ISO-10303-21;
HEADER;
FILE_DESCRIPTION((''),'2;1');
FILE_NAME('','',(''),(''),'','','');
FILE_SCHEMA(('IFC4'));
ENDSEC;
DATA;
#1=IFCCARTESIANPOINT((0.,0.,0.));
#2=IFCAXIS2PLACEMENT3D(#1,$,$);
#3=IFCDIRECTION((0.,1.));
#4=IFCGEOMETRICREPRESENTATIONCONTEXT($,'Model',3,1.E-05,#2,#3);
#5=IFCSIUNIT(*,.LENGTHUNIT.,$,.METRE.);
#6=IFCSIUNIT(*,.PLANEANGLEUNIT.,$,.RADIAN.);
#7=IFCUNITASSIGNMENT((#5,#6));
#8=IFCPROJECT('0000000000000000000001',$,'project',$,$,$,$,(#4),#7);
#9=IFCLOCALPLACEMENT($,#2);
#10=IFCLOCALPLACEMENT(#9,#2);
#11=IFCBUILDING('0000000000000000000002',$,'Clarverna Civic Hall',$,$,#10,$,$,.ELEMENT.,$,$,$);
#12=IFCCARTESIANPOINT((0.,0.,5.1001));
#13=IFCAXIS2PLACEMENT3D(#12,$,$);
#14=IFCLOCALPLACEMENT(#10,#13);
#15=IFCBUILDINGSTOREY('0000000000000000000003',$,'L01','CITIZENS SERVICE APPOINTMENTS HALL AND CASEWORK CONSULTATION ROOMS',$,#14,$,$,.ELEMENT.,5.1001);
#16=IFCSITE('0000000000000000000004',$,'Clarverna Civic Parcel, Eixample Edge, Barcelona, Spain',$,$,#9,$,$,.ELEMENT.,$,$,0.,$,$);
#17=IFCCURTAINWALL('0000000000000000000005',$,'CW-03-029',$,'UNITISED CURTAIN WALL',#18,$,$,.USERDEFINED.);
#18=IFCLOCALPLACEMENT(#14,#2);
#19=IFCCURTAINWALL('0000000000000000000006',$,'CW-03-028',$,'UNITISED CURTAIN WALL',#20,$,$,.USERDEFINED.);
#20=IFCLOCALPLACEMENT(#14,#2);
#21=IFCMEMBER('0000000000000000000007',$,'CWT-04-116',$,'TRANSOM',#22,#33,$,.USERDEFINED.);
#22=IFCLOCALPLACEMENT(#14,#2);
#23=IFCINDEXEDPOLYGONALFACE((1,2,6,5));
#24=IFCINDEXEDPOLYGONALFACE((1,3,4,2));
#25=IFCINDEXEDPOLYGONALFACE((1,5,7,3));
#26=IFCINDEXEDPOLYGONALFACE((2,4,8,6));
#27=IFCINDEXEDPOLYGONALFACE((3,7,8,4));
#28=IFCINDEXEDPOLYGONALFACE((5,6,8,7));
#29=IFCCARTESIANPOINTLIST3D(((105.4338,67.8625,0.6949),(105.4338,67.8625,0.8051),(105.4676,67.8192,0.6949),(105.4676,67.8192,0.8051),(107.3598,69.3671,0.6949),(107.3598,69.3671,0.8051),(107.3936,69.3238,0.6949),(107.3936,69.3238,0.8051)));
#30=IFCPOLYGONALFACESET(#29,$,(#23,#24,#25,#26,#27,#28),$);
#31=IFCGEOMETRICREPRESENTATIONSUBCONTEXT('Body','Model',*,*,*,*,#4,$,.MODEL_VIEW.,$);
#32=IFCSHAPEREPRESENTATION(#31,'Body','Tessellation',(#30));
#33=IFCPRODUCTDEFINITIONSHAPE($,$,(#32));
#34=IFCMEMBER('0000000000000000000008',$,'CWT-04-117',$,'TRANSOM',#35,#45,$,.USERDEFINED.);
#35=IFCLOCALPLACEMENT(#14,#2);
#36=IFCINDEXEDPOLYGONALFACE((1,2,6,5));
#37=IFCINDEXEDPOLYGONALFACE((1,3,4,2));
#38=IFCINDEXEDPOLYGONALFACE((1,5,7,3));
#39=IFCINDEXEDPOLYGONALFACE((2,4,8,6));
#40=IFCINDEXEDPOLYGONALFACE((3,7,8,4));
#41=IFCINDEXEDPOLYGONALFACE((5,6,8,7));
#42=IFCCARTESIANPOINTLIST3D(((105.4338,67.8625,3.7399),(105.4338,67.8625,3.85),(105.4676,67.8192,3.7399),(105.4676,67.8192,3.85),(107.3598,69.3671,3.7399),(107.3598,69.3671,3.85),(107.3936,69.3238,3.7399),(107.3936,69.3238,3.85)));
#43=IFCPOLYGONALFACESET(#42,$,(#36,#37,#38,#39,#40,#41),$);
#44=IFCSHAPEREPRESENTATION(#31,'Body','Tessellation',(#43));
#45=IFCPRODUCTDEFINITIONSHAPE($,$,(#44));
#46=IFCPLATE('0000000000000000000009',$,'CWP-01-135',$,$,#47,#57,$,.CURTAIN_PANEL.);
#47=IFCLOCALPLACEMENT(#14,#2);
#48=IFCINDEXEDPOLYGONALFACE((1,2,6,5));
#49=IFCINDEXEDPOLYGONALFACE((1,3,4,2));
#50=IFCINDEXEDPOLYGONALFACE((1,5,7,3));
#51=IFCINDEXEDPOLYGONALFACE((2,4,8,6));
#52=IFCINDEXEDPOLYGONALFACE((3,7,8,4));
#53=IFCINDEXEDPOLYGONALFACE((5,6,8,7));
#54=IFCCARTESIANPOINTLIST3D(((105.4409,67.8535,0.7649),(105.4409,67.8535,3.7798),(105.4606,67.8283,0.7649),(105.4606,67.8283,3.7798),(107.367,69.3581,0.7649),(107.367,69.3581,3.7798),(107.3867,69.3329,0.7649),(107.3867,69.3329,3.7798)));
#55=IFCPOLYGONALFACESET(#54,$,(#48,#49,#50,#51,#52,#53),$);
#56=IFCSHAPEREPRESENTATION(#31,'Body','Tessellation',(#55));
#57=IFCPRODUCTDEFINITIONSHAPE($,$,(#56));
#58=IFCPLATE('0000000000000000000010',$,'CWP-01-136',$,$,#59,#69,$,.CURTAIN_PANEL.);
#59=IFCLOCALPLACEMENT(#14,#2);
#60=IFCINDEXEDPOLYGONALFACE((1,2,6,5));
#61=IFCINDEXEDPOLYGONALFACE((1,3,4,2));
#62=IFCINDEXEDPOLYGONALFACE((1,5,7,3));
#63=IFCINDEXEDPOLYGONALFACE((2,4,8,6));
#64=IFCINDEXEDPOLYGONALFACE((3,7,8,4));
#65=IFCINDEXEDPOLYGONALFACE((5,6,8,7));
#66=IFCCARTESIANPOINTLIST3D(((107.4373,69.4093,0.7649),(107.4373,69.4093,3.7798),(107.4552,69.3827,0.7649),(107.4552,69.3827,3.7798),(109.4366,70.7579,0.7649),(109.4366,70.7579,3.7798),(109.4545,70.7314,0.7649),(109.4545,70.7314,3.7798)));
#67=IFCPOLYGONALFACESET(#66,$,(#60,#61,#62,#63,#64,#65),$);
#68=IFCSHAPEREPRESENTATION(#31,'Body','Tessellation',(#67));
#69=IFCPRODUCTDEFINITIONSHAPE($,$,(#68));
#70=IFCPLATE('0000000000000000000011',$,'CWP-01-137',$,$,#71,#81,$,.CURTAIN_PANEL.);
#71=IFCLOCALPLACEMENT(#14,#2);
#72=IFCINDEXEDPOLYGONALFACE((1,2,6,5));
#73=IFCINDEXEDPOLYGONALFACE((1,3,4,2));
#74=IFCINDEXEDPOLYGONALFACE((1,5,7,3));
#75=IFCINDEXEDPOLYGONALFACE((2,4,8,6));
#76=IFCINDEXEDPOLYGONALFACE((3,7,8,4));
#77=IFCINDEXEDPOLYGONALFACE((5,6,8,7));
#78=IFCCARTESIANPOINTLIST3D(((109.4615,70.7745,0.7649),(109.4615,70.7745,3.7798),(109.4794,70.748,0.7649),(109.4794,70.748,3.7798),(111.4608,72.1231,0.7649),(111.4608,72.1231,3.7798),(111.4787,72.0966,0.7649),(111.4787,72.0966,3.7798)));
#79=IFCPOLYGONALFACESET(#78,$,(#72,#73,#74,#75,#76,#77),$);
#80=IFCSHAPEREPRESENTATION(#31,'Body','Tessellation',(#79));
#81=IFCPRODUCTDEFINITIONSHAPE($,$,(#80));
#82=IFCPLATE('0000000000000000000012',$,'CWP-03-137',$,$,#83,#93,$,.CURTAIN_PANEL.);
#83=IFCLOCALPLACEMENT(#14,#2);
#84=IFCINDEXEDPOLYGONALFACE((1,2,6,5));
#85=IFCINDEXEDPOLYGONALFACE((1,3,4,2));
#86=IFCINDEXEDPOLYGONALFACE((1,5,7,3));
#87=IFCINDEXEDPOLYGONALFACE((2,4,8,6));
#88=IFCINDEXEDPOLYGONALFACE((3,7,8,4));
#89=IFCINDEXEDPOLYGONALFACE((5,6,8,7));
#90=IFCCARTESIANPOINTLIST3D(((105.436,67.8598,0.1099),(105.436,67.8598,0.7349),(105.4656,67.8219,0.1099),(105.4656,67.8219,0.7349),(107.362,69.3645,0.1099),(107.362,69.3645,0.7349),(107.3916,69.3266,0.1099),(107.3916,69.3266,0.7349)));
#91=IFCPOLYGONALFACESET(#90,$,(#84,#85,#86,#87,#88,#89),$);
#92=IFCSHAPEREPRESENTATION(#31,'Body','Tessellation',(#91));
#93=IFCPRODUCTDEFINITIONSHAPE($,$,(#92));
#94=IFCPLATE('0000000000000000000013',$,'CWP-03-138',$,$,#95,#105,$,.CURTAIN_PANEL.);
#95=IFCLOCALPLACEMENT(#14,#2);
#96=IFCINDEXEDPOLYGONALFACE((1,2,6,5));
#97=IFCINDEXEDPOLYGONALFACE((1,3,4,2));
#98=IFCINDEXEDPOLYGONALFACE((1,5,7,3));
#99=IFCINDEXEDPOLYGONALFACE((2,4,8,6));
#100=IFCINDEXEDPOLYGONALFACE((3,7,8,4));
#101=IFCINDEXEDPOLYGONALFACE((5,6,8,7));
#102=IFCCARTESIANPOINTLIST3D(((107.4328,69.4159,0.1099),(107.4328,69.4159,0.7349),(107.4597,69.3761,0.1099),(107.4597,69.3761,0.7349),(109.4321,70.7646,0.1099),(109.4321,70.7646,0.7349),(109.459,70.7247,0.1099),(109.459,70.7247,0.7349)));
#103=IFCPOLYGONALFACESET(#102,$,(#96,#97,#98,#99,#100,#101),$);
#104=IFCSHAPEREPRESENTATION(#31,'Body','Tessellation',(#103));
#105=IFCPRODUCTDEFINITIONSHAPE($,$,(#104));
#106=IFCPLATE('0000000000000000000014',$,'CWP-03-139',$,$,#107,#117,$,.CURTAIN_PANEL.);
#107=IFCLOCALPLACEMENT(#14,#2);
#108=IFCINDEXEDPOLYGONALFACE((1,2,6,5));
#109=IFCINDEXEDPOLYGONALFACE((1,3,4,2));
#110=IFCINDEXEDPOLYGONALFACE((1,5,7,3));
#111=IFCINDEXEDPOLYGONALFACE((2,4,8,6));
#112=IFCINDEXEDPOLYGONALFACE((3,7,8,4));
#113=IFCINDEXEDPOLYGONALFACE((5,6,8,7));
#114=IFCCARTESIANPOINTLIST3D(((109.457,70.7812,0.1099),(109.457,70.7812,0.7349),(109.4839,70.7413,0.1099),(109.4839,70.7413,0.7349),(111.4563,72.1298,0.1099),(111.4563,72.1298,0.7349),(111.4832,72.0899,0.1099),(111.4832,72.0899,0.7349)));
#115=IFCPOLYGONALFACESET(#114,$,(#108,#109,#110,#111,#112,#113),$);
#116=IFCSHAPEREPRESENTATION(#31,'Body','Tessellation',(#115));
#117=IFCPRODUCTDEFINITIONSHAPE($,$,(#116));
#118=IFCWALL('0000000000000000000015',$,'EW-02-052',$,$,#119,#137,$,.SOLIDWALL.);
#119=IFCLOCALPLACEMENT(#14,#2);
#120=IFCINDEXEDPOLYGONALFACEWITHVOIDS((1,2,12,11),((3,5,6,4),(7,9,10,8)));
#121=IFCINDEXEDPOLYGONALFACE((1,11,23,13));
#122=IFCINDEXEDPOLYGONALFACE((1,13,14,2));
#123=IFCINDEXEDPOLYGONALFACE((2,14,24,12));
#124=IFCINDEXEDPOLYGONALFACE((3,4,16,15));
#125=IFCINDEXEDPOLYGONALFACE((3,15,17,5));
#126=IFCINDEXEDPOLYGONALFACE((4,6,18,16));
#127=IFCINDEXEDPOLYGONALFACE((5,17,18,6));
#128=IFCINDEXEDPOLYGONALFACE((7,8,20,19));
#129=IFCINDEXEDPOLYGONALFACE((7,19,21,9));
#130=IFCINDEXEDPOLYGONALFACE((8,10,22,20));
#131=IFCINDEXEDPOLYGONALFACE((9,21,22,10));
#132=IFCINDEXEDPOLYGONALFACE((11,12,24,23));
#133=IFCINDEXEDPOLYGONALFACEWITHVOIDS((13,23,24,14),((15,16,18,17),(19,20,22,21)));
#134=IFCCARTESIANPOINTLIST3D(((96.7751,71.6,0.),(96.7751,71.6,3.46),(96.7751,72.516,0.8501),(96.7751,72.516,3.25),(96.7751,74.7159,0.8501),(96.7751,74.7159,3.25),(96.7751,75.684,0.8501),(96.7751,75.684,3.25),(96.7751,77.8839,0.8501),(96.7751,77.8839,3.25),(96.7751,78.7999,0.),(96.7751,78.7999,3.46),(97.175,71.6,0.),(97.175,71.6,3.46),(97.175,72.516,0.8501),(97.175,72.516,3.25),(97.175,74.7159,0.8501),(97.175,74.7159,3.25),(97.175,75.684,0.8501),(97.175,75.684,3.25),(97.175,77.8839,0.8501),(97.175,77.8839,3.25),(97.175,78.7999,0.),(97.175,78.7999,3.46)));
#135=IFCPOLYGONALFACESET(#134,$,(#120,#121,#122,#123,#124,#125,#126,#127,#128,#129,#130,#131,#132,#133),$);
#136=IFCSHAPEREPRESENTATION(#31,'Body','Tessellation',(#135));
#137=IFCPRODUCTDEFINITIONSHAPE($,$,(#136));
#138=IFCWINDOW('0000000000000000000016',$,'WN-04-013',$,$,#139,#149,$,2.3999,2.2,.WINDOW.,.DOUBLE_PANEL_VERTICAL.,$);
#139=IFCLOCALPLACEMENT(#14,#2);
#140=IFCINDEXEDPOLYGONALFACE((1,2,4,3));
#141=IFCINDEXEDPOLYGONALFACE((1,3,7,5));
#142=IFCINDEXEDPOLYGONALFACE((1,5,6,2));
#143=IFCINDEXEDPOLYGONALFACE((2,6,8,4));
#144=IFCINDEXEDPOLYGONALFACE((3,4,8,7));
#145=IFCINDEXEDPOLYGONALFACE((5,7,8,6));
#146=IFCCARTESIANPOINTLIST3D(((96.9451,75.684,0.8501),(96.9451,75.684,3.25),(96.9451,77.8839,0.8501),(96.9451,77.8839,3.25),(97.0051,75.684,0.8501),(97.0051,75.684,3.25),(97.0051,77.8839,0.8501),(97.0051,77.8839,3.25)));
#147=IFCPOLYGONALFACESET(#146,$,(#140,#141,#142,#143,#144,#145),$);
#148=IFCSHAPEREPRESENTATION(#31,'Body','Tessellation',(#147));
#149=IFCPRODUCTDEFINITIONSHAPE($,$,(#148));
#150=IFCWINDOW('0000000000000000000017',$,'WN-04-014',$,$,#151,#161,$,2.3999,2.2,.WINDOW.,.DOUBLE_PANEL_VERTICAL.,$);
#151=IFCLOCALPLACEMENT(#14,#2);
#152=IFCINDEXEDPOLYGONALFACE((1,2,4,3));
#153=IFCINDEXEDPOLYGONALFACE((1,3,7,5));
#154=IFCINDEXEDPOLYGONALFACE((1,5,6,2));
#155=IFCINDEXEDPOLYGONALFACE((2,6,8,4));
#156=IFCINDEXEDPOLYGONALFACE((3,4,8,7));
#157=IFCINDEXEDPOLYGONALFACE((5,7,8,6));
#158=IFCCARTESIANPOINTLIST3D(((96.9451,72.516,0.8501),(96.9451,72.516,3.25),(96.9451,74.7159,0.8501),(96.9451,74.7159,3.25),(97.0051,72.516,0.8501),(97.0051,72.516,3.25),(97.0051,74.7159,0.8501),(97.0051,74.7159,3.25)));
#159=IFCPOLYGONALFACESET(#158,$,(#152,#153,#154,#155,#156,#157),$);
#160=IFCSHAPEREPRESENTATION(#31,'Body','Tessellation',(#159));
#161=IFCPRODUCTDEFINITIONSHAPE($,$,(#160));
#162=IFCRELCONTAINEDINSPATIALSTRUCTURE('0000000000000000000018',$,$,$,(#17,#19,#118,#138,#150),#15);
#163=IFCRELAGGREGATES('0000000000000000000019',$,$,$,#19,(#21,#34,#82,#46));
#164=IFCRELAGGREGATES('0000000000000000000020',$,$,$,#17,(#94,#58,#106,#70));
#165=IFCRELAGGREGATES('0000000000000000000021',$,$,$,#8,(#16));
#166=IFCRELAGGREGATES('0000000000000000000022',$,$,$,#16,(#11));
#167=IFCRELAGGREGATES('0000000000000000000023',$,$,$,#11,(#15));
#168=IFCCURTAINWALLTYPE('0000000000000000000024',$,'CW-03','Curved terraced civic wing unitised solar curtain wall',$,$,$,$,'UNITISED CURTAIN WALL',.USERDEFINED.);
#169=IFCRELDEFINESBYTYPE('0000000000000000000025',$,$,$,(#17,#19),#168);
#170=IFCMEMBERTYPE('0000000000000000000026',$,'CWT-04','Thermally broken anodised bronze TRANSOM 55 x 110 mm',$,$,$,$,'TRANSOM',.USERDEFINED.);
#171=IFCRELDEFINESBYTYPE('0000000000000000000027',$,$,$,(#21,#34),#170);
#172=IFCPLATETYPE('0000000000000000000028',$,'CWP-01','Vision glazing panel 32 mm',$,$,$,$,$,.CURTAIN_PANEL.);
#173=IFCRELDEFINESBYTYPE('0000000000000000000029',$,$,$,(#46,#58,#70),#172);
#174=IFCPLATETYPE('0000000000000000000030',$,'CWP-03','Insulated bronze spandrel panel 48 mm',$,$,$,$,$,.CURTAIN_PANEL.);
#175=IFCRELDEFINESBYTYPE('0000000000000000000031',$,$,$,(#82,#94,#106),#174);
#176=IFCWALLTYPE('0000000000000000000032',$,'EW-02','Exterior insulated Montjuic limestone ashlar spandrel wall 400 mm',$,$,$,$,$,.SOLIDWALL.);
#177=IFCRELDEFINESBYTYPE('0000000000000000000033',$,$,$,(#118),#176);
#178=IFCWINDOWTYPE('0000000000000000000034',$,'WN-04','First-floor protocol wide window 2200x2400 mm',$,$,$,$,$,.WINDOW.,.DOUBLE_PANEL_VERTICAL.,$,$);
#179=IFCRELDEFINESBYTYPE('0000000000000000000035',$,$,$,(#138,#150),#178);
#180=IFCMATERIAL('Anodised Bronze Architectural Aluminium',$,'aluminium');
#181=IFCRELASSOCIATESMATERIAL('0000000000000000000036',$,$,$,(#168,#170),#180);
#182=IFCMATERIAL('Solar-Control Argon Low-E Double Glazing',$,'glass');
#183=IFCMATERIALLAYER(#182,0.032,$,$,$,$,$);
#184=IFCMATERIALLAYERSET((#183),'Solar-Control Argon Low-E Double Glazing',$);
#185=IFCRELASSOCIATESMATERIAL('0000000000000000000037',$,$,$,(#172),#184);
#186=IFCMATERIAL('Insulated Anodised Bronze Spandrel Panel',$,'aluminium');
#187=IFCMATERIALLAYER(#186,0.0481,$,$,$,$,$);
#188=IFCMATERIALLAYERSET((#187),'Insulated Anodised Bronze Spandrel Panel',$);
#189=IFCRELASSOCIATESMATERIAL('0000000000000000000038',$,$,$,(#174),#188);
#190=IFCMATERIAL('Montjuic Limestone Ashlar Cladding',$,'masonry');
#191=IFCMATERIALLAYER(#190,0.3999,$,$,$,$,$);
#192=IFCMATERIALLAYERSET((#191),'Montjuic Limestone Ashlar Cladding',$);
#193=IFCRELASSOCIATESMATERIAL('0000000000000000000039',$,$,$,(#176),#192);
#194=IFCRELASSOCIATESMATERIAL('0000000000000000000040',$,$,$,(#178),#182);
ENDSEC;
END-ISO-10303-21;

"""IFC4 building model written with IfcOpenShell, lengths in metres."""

from ifc_helpers import new_model, si_unit, direction, frame, frame_2d, origin, origin_2d, place, context, subcontext, project, spatial, rectangle, extrude, material, layer, layer_set, material_profile, profile_set, type_object, element, fill, aggregate, save


model = new_model("IFC4")

# Units and contexts
model_context = context("Model", 3, precision=1e-05, world=origin(), true_north=direction((0.0, 1.0)))
body_context = subcontext(model_context, "Body", "Model", "MODEL_VIEW")
ifc_project = project(units=[si_unit("LENGTHUNIT", "METRE"), si_unit("PLANEANGLEUNIT", "RADIAN")], contexts=[model_context])

# Site, building, storey
site_placement = place(None, origin())
site = spatial("IfcSite", under=ifc_project, at=site_placement, Name="Clarverna Civic Parcel, Eixample Edge, Barcelona, Spain", CompositionType="ELEMENT", RefElevation=0.0)
building_placement = place(site_placement, origin())
building = spatial("IfcBuilding", under=site, at=building_placement, Name="Clarverna Civic Hall", CompositionType="ELEMENT")
storey_placement = place(building_placement, frame((0.0, 0.0, 5.1001)))
storey = spatial("IfcBuildingStorey", under=building, at=storey_placement, Name="L01", Description="CITIZENS SERVICE APPOINTMENTS HALL AND CASEWORK CONSULTATION ROOMS", CompositionType="ELEMENT", Elevation=5.1001)

# Curtain wall
ifc_material_1 = material(Name="Anodised Bronze Architectural Aluminium", Category="aluminium")
curtain_wall_type = type_object("IfcCurtainWallType", Name="CW-03", Description="Curved terraced civic wing unitised solar curtain wall", ElementType="UNITISED CURTAIN WALL", PredefinedType="USERDEFINED", material=ifc_material_1)
curtain_wall_1_placement = place(storey_placement, origin())
curtain_wall_1 = element("IfcCurtainWall", 1, at=curtain_wall_1_placement, inside=storey, type_object=curtain_wall_type, Name="CW-03-029", ObjectType="UNITISED CURTAIN WALL", PredefinedType="USERDEFINED")

# Curtain wall
curtain_wall_2_placement = place(storey_placement, origin())
curtain_wall_2 = element("IfcCurtainWall", 2, at=curtain_wall_2_placement, inside=storey, type_object=curtain_wall_type, Name="CW-03-028", ObjectType="UNITISED CURTAIN WALL", PredefinedType="USERDEFINED")

# Members
ifc_material_profile_1 = material_profile(ifc_material_1, rectangle(XDim=0.0549, YDim=0.1101, at=origin_2d()), Name="BRONZE 55x110")
ifc_profile_set_1 = profile_set([ifc_material_profile_1], Name="Anodised Bronze Architectural Aluminium")
member_type_1 = type_object("IfcMemberType", Name="CWT-04", Description="Thermally broken anodised bronze TRANSOM 55 x 110 mm", ElementType="TRANSOM", PredefinedType="USERDEFINED", material=ifc_profile_set_1)
member_1_placement = place(storey_placement, frame((105.4507, 67.8408, 0.75), z_axis=(0.788038, 0.615627, 0.0), x_axis=(-0.615627, 0.788038, 0.0)))
member_1 = element("IfcMember", 3, at=member_1_placement, type_object=member_type_1, Name="CWT-04-116", ObjectType="TRANSOM", PredefinedType="USERDEFINED", context=body_context, shape_type="SweptSolid", body=[
    extrude(rectangle(XDim=0.0549, YDim=0.1101, at=origin_2d()), origin(), (0.0, 0.0, 1.0), 2.4441),
])
member_2_placement = place(storey_placement, frame((105.4507, 67.8408, 3.7949), z_axis=(0.788038, 0.615627, 0.0), x_axis=(-0.615627, 0.788038, 0.0)))
member_2 = element("IfcMember", 4, at=member_2_placement, type_object=member_type_1, Name="CWT-04-117", ObjectType="TRANSOM", PredefinedType="USERDEFINED", context=body_context, shape_type="SweptSolid", body=[
    extrude(rectangle(XDim=0.0549, YDim=0.1101, at=origin_2d()), origin(), (0.0, 0.0, 1.0), 2.4441),
])

# Plates
ifc_material_2 = material(Name="Solar-Control Argon Low-E Double Glazing", Category="glass")
ifc_layer_1 = layer(ifc_material_2, 0.032)
ifc_layer_set_1 = layer_set([ifc_layer_1], Name="Solar-Control Argon Low-E Double Glazing")
plate_type_1 = type_object("IfcPlateType", Name="CWP-01", Description="Vision glazing panel 32 mm", PredefinedType="CURTAIN_PANEL", material=ifc_layer_set_1)
plate_1_placement = place(storey_placement, frame((105.4507, 67.8408, 0.7649), z_axis=(0.0, 0.0, 1.0), x_axis=(0.788038, 0.615627, 0.0)))
plate_1 = element("IfcPlate", 5, at=plate_1_placement, type_object=plate_type_1, Name="CWP-01-135", PredefinedType="CURTAIN_PANEL", context=body_context, shape_type="SweptSolid", body=[
    extrude(rectangle(XDim=2.4441, YDim=0.032, at=frame_2d((1.2222, 0.0))), origin(), (0.0, 0.0, 1.0), 3.0149),
])
plate_2_placement = place(storey_placement, frame((107.4463, 69.396, 0.7649), z_axis=(0.0, 0.0, 1.0), x_axis=(0.829016, 0.559224, 0.0)))
plate_2 = element("IfcPlate", 6, at=plate_2_placement, type_object=plate_type_1, Name="CWP-01-136", PredefinedType="CURTAIN_PANEL", context=body_context, shape_type="SweptSolid", body=[
    extrude(rectangle(XDim=2.4116, YDim=0.032, at=frame_2d((1.2058, 0.0))), origin(), (0.0, 0.0, 1.0), 3.0149),
])
plate_3_placement = place(storey_placement, frame((109.4705, 70.7612, 0.7649), z_axis=(0.0, 0.0, 1.0), x_axis=(0.829016, 0.559224, 0.0)))
plate_3 = element("IfcPlate", 7, at=plate_3_placement, type_object=plate_type_1, Name="CWP-01-137", PredefinedType="CURTAIN_PANEL", context=body_context, shape_type="SweptSolid", body=[
    extrude(rectangle(XDim=2.4116, YDim=0.032, at=frame_2d((1.2058, 0.0))), origin(), (0.0, 0.0, 1.0), 3.0149),
])
ifc_material_3 = material(Name="Insulated Anodised Bronze Spandrel Panel", Category="aluminium")
ifc_layer_2 = layer(ifc_material_3, 0.0481)
ifc_layer_set_2 = layer_set([ifc_layer_2], Name="Insulated Anodised Bronze Spandrel Panel")
plate_type_2 = type_object("IfcPlateType", Name="CWP-03", Description="Insulated bronze spandrel panel 48 mm", PredefinedType="CURTAIN_PANEL", material=ifc_layer_set_2)
plate_4_placement = place(storey_placement, frame((105.4507, 67.8408, 0.1099), z_axis=(0.0, 0.0, 1.0), x_axis=(0.788038, 0.615627, 0.0)))
plate_4 = element("IfcPlate", 8, at=plate_4_placement, type_object=plate_type_2, Name="CWP-03-137", PredefinedType="CURTAIN_PANEL", context=body_context, shape_type="SweptSolid", body=[
    extrude(rectangle(XDim=2.4441, YDim=0.0481, at=frame_2d((1.2222, 0.0))), origin(), (0.0, 0.0, 1.0), 0.625),
])
aggregate(curtain_wall_2, [member_1, member_2, plate_4, plate_1])
plate_5_placement = place(storey_placement, frame((107.4463, 69.396, 0.1099), z_axis=(0.0, 0.0, 1.0), x_axis=(0.829016, 0.559224, 0.0)))
plate_5 = element("IfcPlate", 9, at=plate_5_placement, type_object=plate_type_2, Name="CWP-03-138", PredefinedType="CURTAIN_PANEL", context=body_context, shape_type="SweptSolid", body=[
    extrude(rectangle(XDim=2.4116, YDim=0.0481, at=frame_2d((1.2058, 0.0))), origin(), (0.0, 0.0, 1.0), 0.625),
])
plate_6_placement = place(storey_placement, frame((109.4705, 70.7612, 0.1099), z_axis=(0.0, 0.0, 1.0), x_axis=(0.829016, 0.559224, 0.0)))
plate_6 = element("IfcPlate", 10, at=plate_6_placement, type_object=plate_type_2, Name="CWP-03-139", PredefinedType="CURTAIN_PANEL", context=body_context, shape_type="SweptSolid", body=[
    extrude(rectangle(XDim=2.4116, YDim=0.0481, at=frame_2d((1.2058, 0.0))), origin(), (0.0, 0.0, 1.0), 0.625),
])
aggregate(curtain_wall_1, [plate_5, plate_2, plate_6, plate_3])

# Wall, openings, windows
ifc_material_4 = material(Name="Montjuic Limestone Ashlar Cladding", Category="masonry")
ifc_layer_3 = layer(ifc_material_4, 0.3999)
ifc_layer_set_3 = layer_set([ifc_layer_3], Name="Montjuic Limestone Ashlar Cladding")
wall_type = type_object("IfcWallType", Name="EW-02", Description="Exterior insulated Montjuic limestone ashlar spandrel wall 400 mm", PredefinedType="SOLIDWALL", material=ifc_layer_set_3)
wall_1_placement = place(storey_placement, frame((96.9751, 78.8, 0.0), z_axis=(0.0, 0.0, 1.0), x_axis=(0.0, -1.0, 0.0)))
wall_1 = element("IfcWall", 11, at=wall_1_placement, inside=storey, type_object=wall_type, Name="EW-02-052", PredefinedType="SOLIDWALL", context=body_context, shape_type="SweptSolid", body=[
    extrude(rectangle(XDim=7.2, YDim=0.3999, at=frame_2d((3.6001, 0.0))), origin(), (0.0, 0.0, 1.0), 3.46),
])
opening_1_placement = place(wall_1_placement, frame((0.916, 0.0, 0.8501)))
opening_1 = element("IfcOpeningElement", 12, at=opening_1_placement, cuts=wall_1, PredefinedType="OPENING", context=body_context, shape_type="SweptSolid", body=[
    extrude(rectangle(XDim=2.2, YDim=2.3999, at=frame_2d((1.1001, 1.2))), frame((0.0, 0.21, 0.0), z_axis=(0.0, -1.0, 0.0), x_axis=(1.0, 0.0, 0.0)), (0.0, 0.0, 1.0), 0.4199),
])
opening_2_placement = place(wall_1_placement, frame((4.084, 0.0, 0.8501)))
opening_2 = element("IfcOpeningElement", 13, at=opening_2_placement, cuts=wall_1, PredefinedType="OPENING", context=body_context, shape_type="SweptSolid", body=[
    extrude(rectangle(XDim=2.2, YDim=2.3999, at=frame_2d((1.1001, 1.2))), frame((0.0, 0.21, 0.0), z_axis=(0.0, -1.0, 0.0), x_axis=(1.0, 0.0, 0.0)), (0.0, 0.0, 1.0), 0.4199),
])
window_type_1 = type_object("IfcWindowType", Name="WN-04", Description="First-floor protocol wide window 2200x2400 mm", PartitioningType="DOUBLE_PANEL_VERTICAL", PredefinedType="WINDOW", material=ifc_material_2)
window_1_placement = place(opening_1_placement, origin())
window_1 = element("IfcWindow", 14, at=window_1_placement, inside=storey, type_object=window_type_1, Name="WN-04-013", OverallHeight=2.3999, OverallWidth=2.2, PartitioningType="DOUBLE_PANEL_VERTICAL", PredefinedType="WINDOW", context=body_context, shape_type="SweptSolid", body=[
    extrude(rectangle(XDim=2.2, YDim=2.3999, at=frame_2d((1.1001, 1.2))), frame((0.0, 0.03, 0.0), z_axis=(0.0, -1.0, 0.0), x_axis=(1.0, 0.0, 0.0)), (0.0, 0.0, 1.0), 0.0601),
])
fill(opening_1, window_1)
window_2_placement = place(opening_2_placement, origin())
window_2 = element("IfcWindow", 15, at=window_2_placement, inside=storey, type_object=window_type_1, Name="WN-04-014", OverallHeight=2.3999, OverallWidth=2.2, PartitioningType="DOUBLE_PANEL_VERTICAL", PredefinedType="WINDOW", context=body_context, shape_type="SweptSolid", body=[
    extrude(rectangle(XDim=2.2, YDim=2.3999, at=frame_2d((1.1001, 1.2))), frame((0.0, 0.03, 0.0), z_axis=(0.0, -1.0, 0.0), x_axis=(1.0, 0.0, 0.0)), (0.0, 0.0, 1.0), 0.0601),
])
fill(opening_2, window_2)

save(model, "model.ifc")
